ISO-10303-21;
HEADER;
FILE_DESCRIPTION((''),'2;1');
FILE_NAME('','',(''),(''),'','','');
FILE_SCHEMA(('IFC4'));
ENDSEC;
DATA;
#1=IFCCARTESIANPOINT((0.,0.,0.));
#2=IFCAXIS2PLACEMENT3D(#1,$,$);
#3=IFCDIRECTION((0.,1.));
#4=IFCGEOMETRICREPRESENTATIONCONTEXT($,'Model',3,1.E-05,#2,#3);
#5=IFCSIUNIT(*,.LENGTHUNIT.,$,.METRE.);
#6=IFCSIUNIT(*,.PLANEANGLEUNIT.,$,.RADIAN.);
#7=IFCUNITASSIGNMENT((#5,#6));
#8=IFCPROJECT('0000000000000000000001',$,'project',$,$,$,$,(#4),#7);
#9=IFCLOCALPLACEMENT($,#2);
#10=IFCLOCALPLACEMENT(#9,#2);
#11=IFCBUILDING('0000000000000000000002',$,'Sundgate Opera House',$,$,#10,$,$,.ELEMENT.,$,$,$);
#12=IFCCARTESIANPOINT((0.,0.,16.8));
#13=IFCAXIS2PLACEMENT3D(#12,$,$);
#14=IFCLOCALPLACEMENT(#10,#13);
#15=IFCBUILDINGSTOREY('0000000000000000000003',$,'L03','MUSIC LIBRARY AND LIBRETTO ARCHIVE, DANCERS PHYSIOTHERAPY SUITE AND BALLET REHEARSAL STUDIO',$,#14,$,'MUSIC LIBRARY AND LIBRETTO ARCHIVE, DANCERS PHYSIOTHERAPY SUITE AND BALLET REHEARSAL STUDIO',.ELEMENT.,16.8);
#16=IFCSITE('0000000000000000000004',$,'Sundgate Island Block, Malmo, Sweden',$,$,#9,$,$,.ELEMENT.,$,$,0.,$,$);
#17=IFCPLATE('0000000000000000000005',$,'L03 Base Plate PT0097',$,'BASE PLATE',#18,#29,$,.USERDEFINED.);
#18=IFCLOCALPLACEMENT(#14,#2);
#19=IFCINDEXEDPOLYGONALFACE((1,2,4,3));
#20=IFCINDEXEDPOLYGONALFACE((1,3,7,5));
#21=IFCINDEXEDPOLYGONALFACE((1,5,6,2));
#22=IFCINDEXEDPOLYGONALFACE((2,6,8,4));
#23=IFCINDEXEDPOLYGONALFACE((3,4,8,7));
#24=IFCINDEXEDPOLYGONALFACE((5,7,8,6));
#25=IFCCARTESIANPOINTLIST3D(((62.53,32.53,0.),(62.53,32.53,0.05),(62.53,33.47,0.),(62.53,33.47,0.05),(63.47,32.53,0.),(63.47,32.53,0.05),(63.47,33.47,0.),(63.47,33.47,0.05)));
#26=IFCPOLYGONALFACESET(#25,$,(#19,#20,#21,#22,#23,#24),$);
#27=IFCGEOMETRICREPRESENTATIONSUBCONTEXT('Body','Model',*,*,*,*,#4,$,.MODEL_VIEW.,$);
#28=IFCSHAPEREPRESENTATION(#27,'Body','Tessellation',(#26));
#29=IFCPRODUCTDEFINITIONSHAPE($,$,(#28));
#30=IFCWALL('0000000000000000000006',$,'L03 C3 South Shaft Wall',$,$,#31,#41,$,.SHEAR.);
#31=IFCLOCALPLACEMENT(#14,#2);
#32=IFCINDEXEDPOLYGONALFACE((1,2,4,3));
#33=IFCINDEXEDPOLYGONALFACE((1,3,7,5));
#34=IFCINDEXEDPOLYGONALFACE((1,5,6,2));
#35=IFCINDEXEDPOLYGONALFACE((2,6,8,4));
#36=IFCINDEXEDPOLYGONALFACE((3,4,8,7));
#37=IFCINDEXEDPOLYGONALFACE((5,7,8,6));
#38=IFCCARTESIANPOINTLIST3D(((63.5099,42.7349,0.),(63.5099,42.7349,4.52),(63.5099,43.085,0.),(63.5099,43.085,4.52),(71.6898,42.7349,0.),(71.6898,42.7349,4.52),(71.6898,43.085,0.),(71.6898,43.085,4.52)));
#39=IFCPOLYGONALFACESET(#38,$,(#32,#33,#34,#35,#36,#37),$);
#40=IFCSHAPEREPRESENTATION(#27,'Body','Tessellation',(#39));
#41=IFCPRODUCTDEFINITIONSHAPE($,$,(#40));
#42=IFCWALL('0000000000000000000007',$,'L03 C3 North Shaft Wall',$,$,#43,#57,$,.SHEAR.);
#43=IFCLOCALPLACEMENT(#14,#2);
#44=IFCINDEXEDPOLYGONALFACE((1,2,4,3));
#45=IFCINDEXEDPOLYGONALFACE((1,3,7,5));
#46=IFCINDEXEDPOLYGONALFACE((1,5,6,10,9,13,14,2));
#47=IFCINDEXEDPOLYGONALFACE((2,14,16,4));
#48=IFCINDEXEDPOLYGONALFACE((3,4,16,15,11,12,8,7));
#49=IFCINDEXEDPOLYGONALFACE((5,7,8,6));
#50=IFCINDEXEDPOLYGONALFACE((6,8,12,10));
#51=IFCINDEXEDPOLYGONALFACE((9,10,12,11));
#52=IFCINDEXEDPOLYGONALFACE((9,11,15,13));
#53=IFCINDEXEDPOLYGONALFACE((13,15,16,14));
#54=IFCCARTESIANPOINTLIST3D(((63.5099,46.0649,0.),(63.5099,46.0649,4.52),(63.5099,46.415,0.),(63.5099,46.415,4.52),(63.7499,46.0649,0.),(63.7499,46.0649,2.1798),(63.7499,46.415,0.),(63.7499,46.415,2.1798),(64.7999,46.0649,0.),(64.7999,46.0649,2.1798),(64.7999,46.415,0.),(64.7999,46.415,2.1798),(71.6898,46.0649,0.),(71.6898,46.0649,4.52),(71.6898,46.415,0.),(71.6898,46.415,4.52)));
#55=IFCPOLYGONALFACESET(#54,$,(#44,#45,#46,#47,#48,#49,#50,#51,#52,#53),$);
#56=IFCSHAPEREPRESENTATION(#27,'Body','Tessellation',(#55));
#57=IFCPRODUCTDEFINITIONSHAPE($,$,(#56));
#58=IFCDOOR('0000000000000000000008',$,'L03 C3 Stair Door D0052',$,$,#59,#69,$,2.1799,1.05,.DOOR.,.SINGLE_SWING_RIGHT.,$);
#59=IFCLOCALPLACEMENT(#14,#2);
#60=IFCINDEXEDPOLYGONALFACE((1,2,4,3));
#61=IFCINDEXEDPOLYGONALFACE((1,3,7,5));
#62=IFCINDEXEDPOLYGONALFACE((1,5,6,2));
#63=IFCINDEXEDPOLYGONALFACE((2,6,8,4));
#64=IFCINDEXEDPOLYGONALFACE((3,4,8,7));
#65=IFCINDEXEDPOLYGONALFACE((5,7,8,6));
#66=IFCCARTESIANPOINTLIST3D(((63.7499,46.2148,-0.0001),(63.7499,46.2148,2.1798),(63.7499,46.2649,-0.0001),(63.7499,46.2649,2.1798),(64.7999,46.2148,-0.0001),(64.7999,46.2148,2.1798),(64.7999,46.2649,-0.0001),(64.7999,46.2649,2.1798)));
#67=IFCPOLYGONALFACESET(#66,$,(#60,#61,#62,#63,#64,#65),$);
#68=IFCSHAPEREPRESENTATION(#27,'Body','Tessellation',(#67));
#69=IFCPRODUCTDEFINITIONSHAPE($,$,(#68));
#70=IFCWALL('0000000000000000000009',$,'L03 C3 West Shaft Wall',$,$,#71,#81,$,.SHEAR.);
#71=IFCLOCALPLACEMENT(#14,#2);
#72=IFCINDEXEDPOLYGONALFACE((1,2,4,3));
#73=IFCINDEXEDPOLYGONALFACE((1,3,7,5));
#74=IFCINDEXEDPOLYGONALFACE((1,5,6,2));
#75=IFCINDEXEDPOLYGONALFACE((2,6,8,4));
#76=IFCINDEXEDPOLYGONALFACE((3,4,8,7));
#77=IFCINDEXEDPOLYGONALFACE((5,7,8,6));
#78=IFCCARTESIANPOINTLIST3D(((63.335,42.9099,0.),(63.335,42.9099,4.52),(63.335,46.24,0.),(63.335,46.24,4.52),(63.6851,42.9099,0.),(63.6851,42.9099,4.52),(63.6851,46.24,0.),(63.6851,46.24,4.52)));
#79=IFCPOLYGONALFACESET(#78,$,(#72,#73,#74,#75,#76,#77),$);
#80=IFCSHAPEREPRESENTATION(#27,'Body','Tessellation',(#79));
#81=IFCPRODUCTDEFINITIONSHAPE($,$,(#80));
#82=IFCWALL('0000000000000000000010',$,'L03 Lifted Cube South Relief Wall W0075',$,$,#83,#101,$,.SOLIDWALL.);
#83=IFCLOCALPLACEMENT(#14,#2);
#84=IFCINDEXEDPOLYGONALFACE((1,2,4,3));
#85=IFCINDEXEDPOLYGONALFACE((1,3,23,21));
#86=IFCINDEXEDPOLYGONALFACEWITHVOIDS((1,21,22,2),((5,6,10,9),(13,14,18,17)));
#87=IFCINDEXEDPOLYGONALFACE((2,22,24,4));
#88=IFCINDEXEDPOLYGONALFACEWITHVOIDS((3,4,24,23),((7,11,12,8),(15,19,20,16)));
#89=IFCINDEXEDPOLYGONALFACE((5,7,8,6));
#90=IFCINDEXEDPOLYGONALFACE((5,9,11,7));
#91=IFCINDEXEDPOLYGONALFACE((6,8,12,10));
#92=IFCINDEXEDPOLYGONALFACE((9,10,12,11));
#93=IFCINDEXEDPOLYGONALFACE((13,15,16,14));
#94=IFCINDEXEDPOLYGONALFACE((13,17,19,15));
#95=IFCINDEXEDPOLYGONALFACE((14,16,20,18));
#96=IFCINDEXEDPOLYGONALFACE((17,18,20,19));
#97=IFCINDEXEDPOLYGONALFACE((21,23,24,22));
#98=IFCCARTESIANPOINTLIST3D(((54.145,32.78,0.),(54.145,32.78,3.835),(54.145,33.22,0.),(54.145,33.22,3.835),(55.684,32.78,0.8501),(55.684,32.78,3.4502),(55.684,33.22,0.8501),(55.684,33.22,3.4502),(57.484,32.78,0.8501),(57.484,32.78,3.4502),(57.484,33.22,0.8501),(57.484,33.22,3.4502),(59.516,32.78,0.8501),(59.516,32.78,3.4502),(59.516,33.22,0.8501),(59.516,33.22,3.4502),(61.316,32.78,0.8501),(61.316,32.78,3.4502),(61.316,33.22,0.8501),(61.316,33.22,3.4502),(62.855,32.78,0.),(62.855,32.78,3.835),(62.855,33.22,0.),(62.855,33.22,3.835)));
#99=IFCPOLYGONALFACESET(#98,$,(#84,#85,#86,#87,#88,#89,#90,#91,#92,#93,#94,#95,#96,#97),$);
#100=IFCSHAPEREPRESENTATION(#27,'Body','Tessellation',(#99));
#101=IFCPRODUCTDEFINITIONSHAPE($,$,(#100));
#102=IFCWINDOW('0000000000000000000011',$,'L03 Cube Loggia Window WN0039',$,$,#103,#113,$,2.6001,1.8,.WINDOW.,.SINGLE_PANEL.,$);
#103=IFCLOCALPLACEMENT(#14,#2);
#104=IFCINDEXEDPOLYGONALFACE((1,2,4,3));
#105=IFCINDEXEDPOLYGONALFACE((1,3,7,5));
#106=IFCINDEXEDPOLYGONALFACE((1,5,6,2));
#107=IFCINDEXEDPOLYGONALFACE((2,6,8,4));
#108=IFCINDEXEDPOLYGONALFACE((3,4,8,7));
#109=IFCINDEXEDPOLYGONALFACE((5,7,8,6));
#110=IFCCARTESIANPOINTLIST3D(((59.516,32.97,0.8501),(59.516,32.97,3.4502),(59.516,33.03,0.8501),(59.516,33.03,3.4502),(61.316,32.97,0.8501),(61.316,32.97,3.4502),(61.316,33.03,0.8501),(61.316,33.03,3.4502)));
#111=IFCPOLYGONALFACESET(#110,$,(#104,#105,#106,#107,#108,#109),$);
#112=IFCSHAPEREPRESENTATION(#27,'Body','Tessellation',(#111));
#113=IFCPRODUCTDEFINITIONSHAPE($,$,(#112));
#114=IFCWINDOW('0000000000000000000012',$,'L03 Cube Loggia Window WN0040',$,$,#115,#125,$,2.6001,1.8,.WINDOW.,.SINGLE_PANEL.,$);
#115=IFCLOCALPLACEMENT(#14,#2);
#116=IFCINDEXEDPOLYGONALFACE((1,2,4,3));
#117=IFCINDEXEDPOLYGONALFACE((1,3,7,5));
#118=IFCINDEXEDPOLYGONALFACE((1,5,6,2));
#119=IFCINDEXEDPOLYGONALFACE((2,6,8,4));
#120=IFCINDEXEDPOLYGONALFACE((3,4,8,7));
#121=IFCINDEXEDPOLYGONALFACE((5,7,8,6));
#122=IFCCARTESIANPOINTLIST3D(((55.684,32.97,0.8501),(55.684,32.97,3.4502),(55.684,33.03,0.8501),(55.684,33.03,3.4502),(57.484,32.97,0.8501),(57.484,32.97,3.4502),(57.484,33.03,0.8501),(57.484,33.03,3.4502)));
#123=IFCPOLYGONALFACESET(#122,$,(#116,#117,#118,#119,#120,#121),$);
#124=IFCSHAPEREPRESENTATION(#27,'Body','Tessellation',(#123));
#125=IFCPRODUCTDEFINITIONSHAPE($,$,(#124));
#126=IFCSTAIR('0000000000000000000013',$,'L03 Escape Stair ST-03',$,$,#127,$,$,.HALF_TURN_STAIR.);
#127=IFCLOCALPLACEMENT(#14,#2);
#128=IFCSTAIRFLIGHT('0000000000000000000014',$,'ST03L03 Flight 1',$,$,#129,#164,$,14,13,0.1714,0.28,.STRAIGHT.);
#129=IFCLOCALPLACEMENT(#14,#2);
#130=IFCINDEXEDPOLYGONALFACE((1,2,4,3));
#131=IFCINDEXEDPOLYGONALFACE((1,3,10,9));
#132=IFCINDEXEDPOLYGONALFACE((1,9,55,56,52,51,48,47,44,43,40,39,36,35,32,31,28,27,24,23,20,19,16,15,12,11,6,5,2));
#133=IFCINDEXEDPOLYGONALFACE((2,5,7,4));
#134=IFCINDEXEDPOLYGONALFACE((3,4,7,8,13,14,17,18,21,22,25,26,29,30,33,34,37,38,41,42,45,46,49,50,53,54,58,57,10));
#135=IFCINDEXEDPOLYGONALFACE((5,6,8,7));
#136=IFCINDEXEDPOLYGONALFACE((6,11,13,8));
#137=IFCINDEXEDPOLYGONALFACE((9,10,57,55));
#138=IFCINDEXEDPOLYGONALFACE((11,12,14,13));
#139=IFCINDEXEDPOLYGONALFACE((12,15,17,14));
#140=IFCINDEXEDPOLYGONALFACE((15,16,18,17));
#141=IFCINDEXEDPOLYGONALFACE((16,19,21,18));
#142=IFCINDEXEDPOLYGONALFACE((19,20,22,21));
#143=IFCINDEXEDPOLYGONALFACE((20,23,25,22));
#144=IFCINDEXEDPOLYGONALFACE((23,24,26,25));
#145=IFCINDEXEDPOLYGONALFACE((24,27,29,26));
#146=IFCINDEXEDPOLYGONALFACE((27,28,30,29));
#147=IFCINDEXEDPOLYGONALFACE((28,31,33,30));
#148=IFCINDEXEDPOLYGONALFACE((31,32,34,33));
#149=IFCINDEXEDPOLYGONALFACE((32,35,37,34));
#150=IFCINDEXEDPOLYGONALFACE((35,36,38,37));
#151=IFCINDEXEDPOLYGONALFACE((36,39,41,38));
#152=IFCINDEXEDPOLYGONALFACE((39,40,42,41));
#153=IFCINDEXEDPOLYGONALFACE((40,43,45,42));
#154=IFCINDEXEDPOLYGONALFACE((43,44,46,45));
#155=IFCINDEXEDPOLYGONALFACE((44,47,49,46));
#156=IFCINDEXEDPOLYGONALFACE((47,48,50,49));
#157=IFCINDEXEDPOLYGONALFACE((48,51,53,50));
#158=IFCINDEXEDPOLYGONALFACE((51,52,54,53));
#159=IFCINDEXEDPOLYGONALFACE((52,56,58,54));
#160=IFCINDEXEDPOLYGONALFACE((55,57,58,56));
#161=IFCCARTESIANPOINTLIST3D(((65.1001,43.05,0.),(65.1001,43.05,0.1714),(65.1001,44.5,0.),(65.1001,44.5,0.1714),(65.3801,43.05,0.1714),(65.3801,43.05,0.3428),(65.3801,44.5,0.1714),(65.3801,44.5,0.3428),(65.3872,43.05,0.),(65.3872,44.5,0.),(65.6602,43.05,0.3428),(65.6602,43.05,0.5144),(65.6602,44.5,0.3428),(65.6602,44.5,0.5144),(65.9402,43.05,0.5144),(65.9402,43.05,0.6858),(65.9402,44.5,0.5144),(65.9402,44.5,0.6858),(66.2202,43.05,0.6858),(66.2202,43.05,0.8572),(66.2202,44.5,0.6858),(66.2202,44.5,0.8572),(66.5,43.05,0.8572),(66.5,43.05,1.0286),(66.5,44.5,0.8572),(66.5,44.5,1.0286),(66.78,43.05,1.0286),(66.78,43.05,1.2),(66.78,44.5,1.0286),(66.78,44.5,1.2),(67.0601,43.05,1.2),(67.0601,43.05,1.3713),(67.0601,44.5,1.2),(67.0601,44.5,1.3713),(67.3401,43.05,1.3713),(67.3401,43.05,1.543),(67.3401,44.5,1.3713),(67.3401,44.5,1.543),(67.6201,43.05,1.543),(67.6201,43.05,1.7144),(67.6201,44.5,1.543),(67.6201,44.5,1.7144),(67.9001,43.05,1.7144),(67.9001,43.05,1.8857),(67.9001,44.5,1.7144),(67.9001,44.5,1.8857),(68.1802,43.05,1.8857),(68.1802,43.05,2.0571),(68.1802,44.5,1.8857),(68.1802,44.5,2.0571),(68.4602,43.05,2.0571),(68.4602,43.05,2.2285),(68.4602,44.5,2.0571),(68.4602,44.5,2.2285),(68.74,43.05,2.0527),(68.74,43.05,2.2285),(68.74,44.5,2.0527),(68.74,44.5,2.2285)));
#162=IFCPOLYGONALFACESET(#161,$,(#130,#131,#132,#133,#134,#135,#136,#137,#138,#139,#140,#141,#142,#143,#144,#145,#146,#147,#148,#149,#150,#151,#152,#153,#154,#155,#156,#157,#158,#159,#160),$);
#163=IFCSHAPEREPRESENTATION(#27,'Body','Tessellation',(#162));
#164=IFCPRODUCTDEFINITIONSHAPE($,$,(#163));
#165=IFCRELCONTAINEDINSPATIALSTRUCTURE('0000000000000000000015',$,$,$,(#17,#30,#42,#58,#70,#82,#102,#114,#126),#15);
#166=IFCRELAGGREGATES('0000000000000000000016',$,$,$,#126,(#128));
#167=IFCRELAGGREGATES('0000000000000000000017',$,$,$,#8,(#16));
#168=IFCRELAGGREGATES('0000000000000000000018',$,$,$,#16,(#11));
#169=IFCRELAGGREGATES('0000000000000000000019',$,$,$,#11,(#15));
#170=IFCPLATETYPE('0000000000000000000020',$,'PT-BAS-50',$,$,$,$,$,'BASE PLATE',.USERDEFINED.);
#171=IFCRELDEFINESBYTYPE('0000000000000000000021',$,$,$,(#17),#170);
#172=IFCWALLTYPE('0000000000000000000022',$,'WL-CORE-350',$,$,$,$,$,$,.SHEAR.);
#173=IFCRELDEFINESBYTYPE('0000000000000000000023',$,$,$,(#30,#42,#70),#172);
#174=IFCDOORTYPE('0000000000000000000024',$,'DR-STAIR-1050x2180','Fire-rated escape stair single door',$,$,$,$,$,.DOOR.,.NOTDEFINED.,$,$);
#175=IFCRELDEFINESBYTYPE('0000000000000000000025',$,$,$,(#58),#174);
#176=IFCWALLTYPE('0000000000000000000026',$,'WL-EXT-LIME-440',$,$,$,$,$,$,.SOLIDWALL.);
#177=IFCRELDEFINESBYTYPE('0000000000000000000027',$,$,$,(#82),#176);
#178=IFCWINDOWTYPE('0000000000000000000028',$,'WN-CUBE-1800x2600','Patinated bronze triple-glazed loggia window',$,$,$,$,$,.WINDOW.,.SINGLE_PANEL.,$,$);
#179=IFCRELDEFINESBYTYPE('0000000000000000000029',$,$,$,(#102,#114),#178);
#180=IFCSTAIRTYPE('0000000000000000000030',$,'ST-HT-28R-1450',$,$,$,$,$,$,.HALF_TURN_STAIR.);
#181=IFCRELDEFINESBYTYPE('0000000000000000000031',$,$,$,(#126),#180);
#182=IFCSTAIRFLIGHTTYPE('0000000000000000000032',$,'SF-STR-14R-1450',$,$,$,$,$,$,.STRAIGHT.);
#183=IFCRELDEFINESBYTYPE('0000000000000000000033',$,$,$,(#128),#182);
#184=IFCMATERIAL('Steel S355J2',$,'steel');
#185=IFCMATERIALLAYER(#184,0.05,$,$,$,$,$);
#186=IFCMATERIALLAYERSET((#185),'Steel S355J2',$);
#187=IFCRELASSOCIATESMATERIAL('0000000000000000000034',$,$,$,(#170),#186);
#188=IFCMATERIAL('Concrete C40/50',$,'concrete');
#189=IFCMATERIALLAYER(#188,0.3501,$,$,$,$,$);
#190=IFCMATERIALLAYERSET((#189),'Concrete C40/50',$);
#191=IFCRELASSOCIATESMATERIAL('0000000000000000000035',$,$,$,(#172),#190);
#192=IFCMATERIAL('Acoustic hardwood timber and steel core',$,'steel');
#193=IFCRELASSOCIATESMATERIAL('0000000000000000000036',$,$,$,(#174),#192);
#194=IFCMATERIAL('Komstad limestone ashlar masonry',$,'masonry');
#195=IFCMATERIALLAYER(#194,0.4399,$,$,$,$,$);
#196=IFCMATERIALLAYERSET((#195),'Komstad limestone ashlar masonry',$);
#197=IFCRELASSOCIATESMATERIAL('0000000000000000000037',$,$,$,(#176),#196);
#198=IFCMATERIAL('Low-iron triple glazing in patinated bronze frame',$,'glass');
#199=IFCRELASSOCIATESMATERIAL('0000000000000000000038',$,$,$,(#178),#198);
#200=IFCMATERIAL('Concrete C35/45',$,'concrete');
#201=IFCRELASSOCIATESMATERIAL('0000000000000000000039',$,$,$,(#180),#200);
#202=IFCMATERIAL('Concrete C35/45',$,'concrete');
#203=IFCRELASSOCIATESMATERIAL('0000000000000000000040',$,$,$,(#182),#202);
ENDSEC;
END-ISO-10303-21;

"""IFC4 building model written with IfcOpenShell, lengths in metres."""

from ifc_helpers import new_model, si_unit, direction, frame, frame_2d, origin, origin_2d, place, context, subcontext, project, spatial, polyline, rectangle, outline, extrude, material, layer, layer_set, type_object, element, fill, aggregate, save


model = new_model("IFC4")

# Units and contexts
model_context = context("Model", 3, precision=1e-05, world=origin(), true_north=direction((0.0, 1.0)))
body_context = subcontext(model_context, "Body", "Model", "MODEL_VIEW")
ifc_project = project(units=[si_unit("LENGTHUNIT", "METRE"), si_unit("PLANEANGLEUNIT", "RADIAN")], contexts=[model_context])

# Site, building, storey
site_placement = place(None, origin())
site = spatial("IfcSite", under=ifc_project, at=site_placement, Name="Sundgate Island Block, Malmo, Sweden", CompositionType="ELEMENT", RefElevation=0.0)
building_placement = place(site_placement, origin())
building = spatial("IfcBuilding", under=site, at=building_placement, Name="Sundgate Opera House", CompositionType="ELEMENT")
storey_placement = place(building_placement, frame((0.0, 0.0, 16.8)))
storey = spatial("IfcBuildingStorey", under=building, at=storey_placement, Name="L03", Description="MUSIC LIBRARY AND LIBRETTO ARCHIVE, DANCERS PHYSIOTHERAPY SUITE AND BALLET REHEARSAL STUDIO", LongName="MUSIC LIBRARY AND LIBRETTO ARCHIVE, DANCERS PHYSIOTHERAPY SUITE AND BALLET REHEARSAL STUDIO", CompositionType="ELEMENT", Elevation=16.8)

# Plate
ifc_material_1 = material(Name="Steel S355J2", Category="steel")
ifc_layer_1 = layer(ifc_material_1, 0.05)
ifc_layer_set_1 = layer_set([ifc_layer_1], Name="Steel S355J2")
plate_type_1 = type_object("IfcPlateType", Name="PT-BAS-50", ElementType="BASE PLATE", PredefinedType="USERDEFINED", material=ifc_layer_set_1)
plate_1_placement = place(storey_placement, frame((63.0, 33.0, 0.0), z_axis=(0.0, 0.0, 1.0), x_axis=(1.0, 0.0, 0.0)))
element("IfcPlate", 1, at=plate_1_placement, inside=storey, type_object=plate_type_1, Name="L03 Base Plate PT0097", ObjectType="BASE PLATE", PredefinedType="USERDEFINED", context=body_context, shape_type="SweptSolid", body=[
    extrude(rectangle(XDim=0.9399, YDim=0.9399, at=origin_2d()), origin(), (0.0, 0.0, 1.0), 0.05),
])

# Wall
ifc_material_2 = material(Name="Concrete C40/50", Category="concrete")
ifc_layer_2 = layer(ifc_material_2, 0.3501)
ifc_layer_set_2 = layer_set([ifc_layer_2], Name="Concrete C40/50")
wall_type_1 = type_object("IfcWallType", Name="WL-CORE-350", PredefinedType="SHEAR", material=ifc_layer_set_2)
wall_1_placement = place(storey_placement, frame((63.51, 42.9099, 0.0), z_axis=(0.0, 0.0, 1.0), x_axis=(1.0, 0.0, 0.0)))
element("IfcWall", 2, at=wall_1_placement, inside=storey, type_object=wall_type_1, Name="L03 C3 South Shaft Wall", PredefinedType="SHEAR", context=body_context, shape_type="SweptSolid", body=[
    extrude(rectangle(XDim=8.1799, YDim=0.3501, at=frame_2d((4.0898, 0.0))), origin(), (0.0, 0.0, 1.0), 4.52),
])

# Wall, opening, door
wall_2_placement = place(storey_placement, frame((63.51, 46.24, 0.0), z_axis=(0.0, 0.0, 1.0), x_axis=(1.0, 0.0, 0.0)))
wall_2 = element("IfcWall", 3, at=wall_2_placement, inside=storey, type_object=wall_type_1, Name="L03 C3 North Shaft Wall", PredefinedType="SHEAR", context=body_context, shape_type="SweptSolid", body=[
    extrude(rectangle(XDim=8.1799, YDim=0.3501, at=frame_2d((4.0898, 0.0))), origin(), (0.0, 0.0, 1.0), 4.52),
])
opening_1_placement = place(wall_2_placement, frame((0.24, 0.0, 0.0)))
opening_1 = element("IfcOpeningElement", 4, at=opening_1_placement, cuts=wall_2, PredefinedType="OPENING", context=body_context, shape_type="SweptSolid", body=[
    extrude(rectangle(XDim=1.05, YDim=2.1799, at=frame_2d((0.5249, 1.0898))), frame((0.0, 0.1851, 0.0), z_axis=(0.0, -1.0, 0.0), x_axis=(1.0, 0.0, 0.0)), (0.0, 0.0, 1.0), 0.3701),
])
ifc_material_3 = material(Name="Acoustic hardwood timber and steel core", Category="steel")
door_type = type_object("IfcDoorType", Name="DR-STAIR-1050x2180", Description="Fire-rated escape stair single door", OperationType="NOTDEFINED", PredefinedType="DOOR", material=ifc_material_3)
door_placement = place(opening_1_placement, origin())
door = element("IfcDoor", 5, at=door_placement, inside=storey, type_object=door_type, Name="L03 C3 Stair Door D0052", OperationType="SINGLE_SWING_RIGHT", OverallHeight=2.1799, OverallWidth=1.05, PredefinedType="DOOR", context=body_context, shape_type="SweptSolid", body=[
    extrude(rectangle(XDim=1.05, YDim=2.1799, at=frame_2d((0.5249, 1.0898))), frame((0.0, 0.0249, 0.0), z_axis=(0.0, -1.0, 0.0), x_axis=(1.0, 0.0, 0.0)), (0.0, 0.0, 1.0), 0.05),
])
fill(opening_1, door)

# Wall
wall_3_placement = place(storey_placement, frame((63.51, 42.9099, 0.0), z_axis=(0.0, 0.0, 1.0), x_axis=(0.0, 1.0, 0.0)))
element("IfcWall", 6, at=wall_3_placement, inside=storey, type_object=wall_type_1, Name="L03 C3 West Shaft Wall", PredefinedType="SHEAR", context=body_context, shape_type="SweptSolid", body=[
    extrude(rectangle(XDim=3.3301, YDim=0.3501, at=frame_2d((1.665, 0.0))), origin(), (0.0, 0.0, 1.0), 4.52),
])

# Wall, openings, windows
ifc_material_4 = material(Name="Komstad limestone ashlar masonry", Category="masonry")
ifc_layer_3 = layer(ifc_material_4, 0.4399)
ifc_layer_set_3 = layer_set([ifc_layer_3], Name="Komstad limestone ashlar masonry")
wall_type_2 = type_object("IfcWallType", Name="WL-EXT-LIME-440", PredefinedType="SOLIDWALL", material=ifc_layer_set_3)
wall_4_placement = place(storey_placement, frame((62.855, 33.0, 0.0), z_axis=(0.0, 0.0, 1.0), x_axis=(-1.0, 0.0, 0.0)))
wall_4 = element("IfcWall", 7, at=wall_4_placement, inside=storey, type_object=wall_type_2, Name="L03 Lifted Cube South Relief Wall W0075", PredefinedType="SOLIDWALL", context=body_context, shape_type="SweptSolid", body=[
    extrude(rectangle(XDim=8.71, YDim=0.4399, at=frame_2d((4.355, 0.0))), origin(), (0.0, 0.0, 1.0), 3.835),
])
opening_2_placement = place(wall_4_placement, frame((1.5391, 0.0, 0.8501)))
opening_2 = element("IfcOpeningElement", 8, at=opening_2_placement, cuts=wall_4, PredefinedType="OPENING", context=body_context, shape_type="SweptSolid", body=[
    extrude(rectangle(XDim=1.8, YDim=2.6001, at=frame_2d((0.8999, 1.3))), frame((0.0, 0.23, 0.0), z_axis=(0.0, -1.0, 0.0), x_axis=(1.0, 0.0, 0.0)), (0.0, 0.0, 1.0), 0.46),
])
opening_3_placement = place(wall_4_placement, frame((5.3711, 0.0, 0.8501)))
opening_3 = element("IfcOpeningElement", 9, at=opening_3_placement, cuts=wall_4, PredefinedType="OPENING", context=body_context, shape_type="SweptSolid", body=[
    extrude(rectangle(XDim=1.8, YDim=2.6001, at=frame_2d((0.8999, 1.3))), frame((0.0, 0.23, 0.0), z_axis=(0.0, -1.0, 0.0), x_axis=(1.0, 0.0, 0.0)), (0.0, 0.0, 1.0), 0.46),
])
ifc_material_5 = material(Name="Low-iron triple glazing in patinated bronze frame", Category="glass")
window_type = type_object("IfcWindowType", Name="WN-CUBE-1800x2600", Description="Patinated bronze triple-glazed loggia window", PartitioningType="SINGLE_PANEL", PredefinedType="WINDOW", material=ifc_material_5)
window_1_placement = place(opening_2_placement, origin())
window_1 = element("IfcWindow", 10, at=window_1_placement, inside=storey, type_object=window_type, Name="L03 Cube Loggia Window WN0039", OverallHeight=2.6001, OverallWidth=1.8, PartitioningType="SINGLE_PANEL", PredefinedType="WINDOW", context=body_context, shape_type="SweptSolid", body=[
    extrude(rectangle(XDim=1.8, YDim=2.6001, at=frame_2d((0.8999, 1.3))), frame((0.0, 0.03, 0.0), z_axis=(0.0, -1.0, 0.0), x_axis=(1.0, 0.0, 0.0)), (0.0, 0.0, 1.0), 0.0601),
])
fill(opening_2, window_1)
window_2_placement = place(opening_3_placement, origin())
window_2 = element("IfcWindow", 11, at=window_2_placement, inside=storey, type_object=window_type, Name="L03 Cube Loggia Window WN0040", OverallHeight=2.6001, OverallWidth=1.8, PartitioningType="SINGLE_PANEL", PredefinedType="WINDOW", context=body_context, shape_type="SweptSolid", body=[
    extrude(rectangle(XDim=1.8, YDim=2.6001, at=frame_2d((0.8999, 1.3))), frame((0.0, 0.03, 0.0), z_axis=(0.0, -1.0, 0.0), x_axis=(1.0, 0.0, 0.0)), (0.0, 0.0, 1.0), 0.0601),
])
fill(opening_3, window_2)

# Stair, stair flight
ifc_material_6 = material(Name="Concrete C35/45", Category="concrete")
stair_type = type_object("IfcStairType", Name="ST-HT-28R-1450", PredefinedType="HALF_TURN_STAIR", material=ifc_material_6)
stair_placement = place(storey_placement, origin())
stair = element("IfcStair", 12, at=stair_placement, inside=storey, type_object=stair_type, Name="L03 Escape Stair ST-03", PredefinedType="HALF_TURN_STAIR")
ifc_material_7 = material(Name="Concrete C35/45", Category="concrete")
stair_flight_type = type_object("IfcStairFlightType", Name="SF-STR-14R-1450", PredefinedType="STRAIGHT", material=ifc_material_7)
stair_flight_placement = place(storey_placement, frame((65.1001, 43.7749, 0.0), z_axis=(0.0, 0.0, 1.0), x_axis=(1.0, 0.0, 0.0)))
stair_flight = element("IfcStairFlight", 13, at=stair_flight_placement, type_object=stair_flight_type, Name="ST03L03 Flight 1", NumberOfRisers=14, NumberOfTreads=13, PredefinedType="STRAIGHT", RiserHeight=0.1714, TreadLength=0.28, context=body_context, shape_type="SweptSolid", body=[
    extrude(outline(polyline([(0.0, 0.0), (0.0, 0.1714), (0.28, 0.1714), (0.28, 0.3428), (0.5601, 0.3428), (0.5601, 0.5144), (0.8401, 0.5144), (0.8401, 0.6858), (1.1201, 0.6858), (1.1201, 0.8572), (1.3999, 0.8572), (1.3999, 1.0286), (1.6799, 1.0286), (1.6799, 1.2), (1.96, 1.2), (1.96, 1.3713), (2.24, 1.3713), (2.24, 1.543), (2.52, 1.543), (2.52, 1.7144), (2.8, 1.7144), (2.8, 1.8857), (3.0801, 1.8857), (3.0801, 2.0571), (3.3601, 2.0571), (3.3601, 2.2285), (3.6399, 2.2285), (3.6399, 2.3999), (3.6399, 2.0527), (0.2871, 0.0), (0.0, 0.0)])), frame((0.0, 0.7251, 0.0), z_axis=(0.0, -1.0, 0.0), x_axis=(1.0, 0.0, 0.0)), (0.0, 0.0, 1.0), 1.45),
])
aggregate(stair, [stair_flight])

save(model, "model.ifc")
